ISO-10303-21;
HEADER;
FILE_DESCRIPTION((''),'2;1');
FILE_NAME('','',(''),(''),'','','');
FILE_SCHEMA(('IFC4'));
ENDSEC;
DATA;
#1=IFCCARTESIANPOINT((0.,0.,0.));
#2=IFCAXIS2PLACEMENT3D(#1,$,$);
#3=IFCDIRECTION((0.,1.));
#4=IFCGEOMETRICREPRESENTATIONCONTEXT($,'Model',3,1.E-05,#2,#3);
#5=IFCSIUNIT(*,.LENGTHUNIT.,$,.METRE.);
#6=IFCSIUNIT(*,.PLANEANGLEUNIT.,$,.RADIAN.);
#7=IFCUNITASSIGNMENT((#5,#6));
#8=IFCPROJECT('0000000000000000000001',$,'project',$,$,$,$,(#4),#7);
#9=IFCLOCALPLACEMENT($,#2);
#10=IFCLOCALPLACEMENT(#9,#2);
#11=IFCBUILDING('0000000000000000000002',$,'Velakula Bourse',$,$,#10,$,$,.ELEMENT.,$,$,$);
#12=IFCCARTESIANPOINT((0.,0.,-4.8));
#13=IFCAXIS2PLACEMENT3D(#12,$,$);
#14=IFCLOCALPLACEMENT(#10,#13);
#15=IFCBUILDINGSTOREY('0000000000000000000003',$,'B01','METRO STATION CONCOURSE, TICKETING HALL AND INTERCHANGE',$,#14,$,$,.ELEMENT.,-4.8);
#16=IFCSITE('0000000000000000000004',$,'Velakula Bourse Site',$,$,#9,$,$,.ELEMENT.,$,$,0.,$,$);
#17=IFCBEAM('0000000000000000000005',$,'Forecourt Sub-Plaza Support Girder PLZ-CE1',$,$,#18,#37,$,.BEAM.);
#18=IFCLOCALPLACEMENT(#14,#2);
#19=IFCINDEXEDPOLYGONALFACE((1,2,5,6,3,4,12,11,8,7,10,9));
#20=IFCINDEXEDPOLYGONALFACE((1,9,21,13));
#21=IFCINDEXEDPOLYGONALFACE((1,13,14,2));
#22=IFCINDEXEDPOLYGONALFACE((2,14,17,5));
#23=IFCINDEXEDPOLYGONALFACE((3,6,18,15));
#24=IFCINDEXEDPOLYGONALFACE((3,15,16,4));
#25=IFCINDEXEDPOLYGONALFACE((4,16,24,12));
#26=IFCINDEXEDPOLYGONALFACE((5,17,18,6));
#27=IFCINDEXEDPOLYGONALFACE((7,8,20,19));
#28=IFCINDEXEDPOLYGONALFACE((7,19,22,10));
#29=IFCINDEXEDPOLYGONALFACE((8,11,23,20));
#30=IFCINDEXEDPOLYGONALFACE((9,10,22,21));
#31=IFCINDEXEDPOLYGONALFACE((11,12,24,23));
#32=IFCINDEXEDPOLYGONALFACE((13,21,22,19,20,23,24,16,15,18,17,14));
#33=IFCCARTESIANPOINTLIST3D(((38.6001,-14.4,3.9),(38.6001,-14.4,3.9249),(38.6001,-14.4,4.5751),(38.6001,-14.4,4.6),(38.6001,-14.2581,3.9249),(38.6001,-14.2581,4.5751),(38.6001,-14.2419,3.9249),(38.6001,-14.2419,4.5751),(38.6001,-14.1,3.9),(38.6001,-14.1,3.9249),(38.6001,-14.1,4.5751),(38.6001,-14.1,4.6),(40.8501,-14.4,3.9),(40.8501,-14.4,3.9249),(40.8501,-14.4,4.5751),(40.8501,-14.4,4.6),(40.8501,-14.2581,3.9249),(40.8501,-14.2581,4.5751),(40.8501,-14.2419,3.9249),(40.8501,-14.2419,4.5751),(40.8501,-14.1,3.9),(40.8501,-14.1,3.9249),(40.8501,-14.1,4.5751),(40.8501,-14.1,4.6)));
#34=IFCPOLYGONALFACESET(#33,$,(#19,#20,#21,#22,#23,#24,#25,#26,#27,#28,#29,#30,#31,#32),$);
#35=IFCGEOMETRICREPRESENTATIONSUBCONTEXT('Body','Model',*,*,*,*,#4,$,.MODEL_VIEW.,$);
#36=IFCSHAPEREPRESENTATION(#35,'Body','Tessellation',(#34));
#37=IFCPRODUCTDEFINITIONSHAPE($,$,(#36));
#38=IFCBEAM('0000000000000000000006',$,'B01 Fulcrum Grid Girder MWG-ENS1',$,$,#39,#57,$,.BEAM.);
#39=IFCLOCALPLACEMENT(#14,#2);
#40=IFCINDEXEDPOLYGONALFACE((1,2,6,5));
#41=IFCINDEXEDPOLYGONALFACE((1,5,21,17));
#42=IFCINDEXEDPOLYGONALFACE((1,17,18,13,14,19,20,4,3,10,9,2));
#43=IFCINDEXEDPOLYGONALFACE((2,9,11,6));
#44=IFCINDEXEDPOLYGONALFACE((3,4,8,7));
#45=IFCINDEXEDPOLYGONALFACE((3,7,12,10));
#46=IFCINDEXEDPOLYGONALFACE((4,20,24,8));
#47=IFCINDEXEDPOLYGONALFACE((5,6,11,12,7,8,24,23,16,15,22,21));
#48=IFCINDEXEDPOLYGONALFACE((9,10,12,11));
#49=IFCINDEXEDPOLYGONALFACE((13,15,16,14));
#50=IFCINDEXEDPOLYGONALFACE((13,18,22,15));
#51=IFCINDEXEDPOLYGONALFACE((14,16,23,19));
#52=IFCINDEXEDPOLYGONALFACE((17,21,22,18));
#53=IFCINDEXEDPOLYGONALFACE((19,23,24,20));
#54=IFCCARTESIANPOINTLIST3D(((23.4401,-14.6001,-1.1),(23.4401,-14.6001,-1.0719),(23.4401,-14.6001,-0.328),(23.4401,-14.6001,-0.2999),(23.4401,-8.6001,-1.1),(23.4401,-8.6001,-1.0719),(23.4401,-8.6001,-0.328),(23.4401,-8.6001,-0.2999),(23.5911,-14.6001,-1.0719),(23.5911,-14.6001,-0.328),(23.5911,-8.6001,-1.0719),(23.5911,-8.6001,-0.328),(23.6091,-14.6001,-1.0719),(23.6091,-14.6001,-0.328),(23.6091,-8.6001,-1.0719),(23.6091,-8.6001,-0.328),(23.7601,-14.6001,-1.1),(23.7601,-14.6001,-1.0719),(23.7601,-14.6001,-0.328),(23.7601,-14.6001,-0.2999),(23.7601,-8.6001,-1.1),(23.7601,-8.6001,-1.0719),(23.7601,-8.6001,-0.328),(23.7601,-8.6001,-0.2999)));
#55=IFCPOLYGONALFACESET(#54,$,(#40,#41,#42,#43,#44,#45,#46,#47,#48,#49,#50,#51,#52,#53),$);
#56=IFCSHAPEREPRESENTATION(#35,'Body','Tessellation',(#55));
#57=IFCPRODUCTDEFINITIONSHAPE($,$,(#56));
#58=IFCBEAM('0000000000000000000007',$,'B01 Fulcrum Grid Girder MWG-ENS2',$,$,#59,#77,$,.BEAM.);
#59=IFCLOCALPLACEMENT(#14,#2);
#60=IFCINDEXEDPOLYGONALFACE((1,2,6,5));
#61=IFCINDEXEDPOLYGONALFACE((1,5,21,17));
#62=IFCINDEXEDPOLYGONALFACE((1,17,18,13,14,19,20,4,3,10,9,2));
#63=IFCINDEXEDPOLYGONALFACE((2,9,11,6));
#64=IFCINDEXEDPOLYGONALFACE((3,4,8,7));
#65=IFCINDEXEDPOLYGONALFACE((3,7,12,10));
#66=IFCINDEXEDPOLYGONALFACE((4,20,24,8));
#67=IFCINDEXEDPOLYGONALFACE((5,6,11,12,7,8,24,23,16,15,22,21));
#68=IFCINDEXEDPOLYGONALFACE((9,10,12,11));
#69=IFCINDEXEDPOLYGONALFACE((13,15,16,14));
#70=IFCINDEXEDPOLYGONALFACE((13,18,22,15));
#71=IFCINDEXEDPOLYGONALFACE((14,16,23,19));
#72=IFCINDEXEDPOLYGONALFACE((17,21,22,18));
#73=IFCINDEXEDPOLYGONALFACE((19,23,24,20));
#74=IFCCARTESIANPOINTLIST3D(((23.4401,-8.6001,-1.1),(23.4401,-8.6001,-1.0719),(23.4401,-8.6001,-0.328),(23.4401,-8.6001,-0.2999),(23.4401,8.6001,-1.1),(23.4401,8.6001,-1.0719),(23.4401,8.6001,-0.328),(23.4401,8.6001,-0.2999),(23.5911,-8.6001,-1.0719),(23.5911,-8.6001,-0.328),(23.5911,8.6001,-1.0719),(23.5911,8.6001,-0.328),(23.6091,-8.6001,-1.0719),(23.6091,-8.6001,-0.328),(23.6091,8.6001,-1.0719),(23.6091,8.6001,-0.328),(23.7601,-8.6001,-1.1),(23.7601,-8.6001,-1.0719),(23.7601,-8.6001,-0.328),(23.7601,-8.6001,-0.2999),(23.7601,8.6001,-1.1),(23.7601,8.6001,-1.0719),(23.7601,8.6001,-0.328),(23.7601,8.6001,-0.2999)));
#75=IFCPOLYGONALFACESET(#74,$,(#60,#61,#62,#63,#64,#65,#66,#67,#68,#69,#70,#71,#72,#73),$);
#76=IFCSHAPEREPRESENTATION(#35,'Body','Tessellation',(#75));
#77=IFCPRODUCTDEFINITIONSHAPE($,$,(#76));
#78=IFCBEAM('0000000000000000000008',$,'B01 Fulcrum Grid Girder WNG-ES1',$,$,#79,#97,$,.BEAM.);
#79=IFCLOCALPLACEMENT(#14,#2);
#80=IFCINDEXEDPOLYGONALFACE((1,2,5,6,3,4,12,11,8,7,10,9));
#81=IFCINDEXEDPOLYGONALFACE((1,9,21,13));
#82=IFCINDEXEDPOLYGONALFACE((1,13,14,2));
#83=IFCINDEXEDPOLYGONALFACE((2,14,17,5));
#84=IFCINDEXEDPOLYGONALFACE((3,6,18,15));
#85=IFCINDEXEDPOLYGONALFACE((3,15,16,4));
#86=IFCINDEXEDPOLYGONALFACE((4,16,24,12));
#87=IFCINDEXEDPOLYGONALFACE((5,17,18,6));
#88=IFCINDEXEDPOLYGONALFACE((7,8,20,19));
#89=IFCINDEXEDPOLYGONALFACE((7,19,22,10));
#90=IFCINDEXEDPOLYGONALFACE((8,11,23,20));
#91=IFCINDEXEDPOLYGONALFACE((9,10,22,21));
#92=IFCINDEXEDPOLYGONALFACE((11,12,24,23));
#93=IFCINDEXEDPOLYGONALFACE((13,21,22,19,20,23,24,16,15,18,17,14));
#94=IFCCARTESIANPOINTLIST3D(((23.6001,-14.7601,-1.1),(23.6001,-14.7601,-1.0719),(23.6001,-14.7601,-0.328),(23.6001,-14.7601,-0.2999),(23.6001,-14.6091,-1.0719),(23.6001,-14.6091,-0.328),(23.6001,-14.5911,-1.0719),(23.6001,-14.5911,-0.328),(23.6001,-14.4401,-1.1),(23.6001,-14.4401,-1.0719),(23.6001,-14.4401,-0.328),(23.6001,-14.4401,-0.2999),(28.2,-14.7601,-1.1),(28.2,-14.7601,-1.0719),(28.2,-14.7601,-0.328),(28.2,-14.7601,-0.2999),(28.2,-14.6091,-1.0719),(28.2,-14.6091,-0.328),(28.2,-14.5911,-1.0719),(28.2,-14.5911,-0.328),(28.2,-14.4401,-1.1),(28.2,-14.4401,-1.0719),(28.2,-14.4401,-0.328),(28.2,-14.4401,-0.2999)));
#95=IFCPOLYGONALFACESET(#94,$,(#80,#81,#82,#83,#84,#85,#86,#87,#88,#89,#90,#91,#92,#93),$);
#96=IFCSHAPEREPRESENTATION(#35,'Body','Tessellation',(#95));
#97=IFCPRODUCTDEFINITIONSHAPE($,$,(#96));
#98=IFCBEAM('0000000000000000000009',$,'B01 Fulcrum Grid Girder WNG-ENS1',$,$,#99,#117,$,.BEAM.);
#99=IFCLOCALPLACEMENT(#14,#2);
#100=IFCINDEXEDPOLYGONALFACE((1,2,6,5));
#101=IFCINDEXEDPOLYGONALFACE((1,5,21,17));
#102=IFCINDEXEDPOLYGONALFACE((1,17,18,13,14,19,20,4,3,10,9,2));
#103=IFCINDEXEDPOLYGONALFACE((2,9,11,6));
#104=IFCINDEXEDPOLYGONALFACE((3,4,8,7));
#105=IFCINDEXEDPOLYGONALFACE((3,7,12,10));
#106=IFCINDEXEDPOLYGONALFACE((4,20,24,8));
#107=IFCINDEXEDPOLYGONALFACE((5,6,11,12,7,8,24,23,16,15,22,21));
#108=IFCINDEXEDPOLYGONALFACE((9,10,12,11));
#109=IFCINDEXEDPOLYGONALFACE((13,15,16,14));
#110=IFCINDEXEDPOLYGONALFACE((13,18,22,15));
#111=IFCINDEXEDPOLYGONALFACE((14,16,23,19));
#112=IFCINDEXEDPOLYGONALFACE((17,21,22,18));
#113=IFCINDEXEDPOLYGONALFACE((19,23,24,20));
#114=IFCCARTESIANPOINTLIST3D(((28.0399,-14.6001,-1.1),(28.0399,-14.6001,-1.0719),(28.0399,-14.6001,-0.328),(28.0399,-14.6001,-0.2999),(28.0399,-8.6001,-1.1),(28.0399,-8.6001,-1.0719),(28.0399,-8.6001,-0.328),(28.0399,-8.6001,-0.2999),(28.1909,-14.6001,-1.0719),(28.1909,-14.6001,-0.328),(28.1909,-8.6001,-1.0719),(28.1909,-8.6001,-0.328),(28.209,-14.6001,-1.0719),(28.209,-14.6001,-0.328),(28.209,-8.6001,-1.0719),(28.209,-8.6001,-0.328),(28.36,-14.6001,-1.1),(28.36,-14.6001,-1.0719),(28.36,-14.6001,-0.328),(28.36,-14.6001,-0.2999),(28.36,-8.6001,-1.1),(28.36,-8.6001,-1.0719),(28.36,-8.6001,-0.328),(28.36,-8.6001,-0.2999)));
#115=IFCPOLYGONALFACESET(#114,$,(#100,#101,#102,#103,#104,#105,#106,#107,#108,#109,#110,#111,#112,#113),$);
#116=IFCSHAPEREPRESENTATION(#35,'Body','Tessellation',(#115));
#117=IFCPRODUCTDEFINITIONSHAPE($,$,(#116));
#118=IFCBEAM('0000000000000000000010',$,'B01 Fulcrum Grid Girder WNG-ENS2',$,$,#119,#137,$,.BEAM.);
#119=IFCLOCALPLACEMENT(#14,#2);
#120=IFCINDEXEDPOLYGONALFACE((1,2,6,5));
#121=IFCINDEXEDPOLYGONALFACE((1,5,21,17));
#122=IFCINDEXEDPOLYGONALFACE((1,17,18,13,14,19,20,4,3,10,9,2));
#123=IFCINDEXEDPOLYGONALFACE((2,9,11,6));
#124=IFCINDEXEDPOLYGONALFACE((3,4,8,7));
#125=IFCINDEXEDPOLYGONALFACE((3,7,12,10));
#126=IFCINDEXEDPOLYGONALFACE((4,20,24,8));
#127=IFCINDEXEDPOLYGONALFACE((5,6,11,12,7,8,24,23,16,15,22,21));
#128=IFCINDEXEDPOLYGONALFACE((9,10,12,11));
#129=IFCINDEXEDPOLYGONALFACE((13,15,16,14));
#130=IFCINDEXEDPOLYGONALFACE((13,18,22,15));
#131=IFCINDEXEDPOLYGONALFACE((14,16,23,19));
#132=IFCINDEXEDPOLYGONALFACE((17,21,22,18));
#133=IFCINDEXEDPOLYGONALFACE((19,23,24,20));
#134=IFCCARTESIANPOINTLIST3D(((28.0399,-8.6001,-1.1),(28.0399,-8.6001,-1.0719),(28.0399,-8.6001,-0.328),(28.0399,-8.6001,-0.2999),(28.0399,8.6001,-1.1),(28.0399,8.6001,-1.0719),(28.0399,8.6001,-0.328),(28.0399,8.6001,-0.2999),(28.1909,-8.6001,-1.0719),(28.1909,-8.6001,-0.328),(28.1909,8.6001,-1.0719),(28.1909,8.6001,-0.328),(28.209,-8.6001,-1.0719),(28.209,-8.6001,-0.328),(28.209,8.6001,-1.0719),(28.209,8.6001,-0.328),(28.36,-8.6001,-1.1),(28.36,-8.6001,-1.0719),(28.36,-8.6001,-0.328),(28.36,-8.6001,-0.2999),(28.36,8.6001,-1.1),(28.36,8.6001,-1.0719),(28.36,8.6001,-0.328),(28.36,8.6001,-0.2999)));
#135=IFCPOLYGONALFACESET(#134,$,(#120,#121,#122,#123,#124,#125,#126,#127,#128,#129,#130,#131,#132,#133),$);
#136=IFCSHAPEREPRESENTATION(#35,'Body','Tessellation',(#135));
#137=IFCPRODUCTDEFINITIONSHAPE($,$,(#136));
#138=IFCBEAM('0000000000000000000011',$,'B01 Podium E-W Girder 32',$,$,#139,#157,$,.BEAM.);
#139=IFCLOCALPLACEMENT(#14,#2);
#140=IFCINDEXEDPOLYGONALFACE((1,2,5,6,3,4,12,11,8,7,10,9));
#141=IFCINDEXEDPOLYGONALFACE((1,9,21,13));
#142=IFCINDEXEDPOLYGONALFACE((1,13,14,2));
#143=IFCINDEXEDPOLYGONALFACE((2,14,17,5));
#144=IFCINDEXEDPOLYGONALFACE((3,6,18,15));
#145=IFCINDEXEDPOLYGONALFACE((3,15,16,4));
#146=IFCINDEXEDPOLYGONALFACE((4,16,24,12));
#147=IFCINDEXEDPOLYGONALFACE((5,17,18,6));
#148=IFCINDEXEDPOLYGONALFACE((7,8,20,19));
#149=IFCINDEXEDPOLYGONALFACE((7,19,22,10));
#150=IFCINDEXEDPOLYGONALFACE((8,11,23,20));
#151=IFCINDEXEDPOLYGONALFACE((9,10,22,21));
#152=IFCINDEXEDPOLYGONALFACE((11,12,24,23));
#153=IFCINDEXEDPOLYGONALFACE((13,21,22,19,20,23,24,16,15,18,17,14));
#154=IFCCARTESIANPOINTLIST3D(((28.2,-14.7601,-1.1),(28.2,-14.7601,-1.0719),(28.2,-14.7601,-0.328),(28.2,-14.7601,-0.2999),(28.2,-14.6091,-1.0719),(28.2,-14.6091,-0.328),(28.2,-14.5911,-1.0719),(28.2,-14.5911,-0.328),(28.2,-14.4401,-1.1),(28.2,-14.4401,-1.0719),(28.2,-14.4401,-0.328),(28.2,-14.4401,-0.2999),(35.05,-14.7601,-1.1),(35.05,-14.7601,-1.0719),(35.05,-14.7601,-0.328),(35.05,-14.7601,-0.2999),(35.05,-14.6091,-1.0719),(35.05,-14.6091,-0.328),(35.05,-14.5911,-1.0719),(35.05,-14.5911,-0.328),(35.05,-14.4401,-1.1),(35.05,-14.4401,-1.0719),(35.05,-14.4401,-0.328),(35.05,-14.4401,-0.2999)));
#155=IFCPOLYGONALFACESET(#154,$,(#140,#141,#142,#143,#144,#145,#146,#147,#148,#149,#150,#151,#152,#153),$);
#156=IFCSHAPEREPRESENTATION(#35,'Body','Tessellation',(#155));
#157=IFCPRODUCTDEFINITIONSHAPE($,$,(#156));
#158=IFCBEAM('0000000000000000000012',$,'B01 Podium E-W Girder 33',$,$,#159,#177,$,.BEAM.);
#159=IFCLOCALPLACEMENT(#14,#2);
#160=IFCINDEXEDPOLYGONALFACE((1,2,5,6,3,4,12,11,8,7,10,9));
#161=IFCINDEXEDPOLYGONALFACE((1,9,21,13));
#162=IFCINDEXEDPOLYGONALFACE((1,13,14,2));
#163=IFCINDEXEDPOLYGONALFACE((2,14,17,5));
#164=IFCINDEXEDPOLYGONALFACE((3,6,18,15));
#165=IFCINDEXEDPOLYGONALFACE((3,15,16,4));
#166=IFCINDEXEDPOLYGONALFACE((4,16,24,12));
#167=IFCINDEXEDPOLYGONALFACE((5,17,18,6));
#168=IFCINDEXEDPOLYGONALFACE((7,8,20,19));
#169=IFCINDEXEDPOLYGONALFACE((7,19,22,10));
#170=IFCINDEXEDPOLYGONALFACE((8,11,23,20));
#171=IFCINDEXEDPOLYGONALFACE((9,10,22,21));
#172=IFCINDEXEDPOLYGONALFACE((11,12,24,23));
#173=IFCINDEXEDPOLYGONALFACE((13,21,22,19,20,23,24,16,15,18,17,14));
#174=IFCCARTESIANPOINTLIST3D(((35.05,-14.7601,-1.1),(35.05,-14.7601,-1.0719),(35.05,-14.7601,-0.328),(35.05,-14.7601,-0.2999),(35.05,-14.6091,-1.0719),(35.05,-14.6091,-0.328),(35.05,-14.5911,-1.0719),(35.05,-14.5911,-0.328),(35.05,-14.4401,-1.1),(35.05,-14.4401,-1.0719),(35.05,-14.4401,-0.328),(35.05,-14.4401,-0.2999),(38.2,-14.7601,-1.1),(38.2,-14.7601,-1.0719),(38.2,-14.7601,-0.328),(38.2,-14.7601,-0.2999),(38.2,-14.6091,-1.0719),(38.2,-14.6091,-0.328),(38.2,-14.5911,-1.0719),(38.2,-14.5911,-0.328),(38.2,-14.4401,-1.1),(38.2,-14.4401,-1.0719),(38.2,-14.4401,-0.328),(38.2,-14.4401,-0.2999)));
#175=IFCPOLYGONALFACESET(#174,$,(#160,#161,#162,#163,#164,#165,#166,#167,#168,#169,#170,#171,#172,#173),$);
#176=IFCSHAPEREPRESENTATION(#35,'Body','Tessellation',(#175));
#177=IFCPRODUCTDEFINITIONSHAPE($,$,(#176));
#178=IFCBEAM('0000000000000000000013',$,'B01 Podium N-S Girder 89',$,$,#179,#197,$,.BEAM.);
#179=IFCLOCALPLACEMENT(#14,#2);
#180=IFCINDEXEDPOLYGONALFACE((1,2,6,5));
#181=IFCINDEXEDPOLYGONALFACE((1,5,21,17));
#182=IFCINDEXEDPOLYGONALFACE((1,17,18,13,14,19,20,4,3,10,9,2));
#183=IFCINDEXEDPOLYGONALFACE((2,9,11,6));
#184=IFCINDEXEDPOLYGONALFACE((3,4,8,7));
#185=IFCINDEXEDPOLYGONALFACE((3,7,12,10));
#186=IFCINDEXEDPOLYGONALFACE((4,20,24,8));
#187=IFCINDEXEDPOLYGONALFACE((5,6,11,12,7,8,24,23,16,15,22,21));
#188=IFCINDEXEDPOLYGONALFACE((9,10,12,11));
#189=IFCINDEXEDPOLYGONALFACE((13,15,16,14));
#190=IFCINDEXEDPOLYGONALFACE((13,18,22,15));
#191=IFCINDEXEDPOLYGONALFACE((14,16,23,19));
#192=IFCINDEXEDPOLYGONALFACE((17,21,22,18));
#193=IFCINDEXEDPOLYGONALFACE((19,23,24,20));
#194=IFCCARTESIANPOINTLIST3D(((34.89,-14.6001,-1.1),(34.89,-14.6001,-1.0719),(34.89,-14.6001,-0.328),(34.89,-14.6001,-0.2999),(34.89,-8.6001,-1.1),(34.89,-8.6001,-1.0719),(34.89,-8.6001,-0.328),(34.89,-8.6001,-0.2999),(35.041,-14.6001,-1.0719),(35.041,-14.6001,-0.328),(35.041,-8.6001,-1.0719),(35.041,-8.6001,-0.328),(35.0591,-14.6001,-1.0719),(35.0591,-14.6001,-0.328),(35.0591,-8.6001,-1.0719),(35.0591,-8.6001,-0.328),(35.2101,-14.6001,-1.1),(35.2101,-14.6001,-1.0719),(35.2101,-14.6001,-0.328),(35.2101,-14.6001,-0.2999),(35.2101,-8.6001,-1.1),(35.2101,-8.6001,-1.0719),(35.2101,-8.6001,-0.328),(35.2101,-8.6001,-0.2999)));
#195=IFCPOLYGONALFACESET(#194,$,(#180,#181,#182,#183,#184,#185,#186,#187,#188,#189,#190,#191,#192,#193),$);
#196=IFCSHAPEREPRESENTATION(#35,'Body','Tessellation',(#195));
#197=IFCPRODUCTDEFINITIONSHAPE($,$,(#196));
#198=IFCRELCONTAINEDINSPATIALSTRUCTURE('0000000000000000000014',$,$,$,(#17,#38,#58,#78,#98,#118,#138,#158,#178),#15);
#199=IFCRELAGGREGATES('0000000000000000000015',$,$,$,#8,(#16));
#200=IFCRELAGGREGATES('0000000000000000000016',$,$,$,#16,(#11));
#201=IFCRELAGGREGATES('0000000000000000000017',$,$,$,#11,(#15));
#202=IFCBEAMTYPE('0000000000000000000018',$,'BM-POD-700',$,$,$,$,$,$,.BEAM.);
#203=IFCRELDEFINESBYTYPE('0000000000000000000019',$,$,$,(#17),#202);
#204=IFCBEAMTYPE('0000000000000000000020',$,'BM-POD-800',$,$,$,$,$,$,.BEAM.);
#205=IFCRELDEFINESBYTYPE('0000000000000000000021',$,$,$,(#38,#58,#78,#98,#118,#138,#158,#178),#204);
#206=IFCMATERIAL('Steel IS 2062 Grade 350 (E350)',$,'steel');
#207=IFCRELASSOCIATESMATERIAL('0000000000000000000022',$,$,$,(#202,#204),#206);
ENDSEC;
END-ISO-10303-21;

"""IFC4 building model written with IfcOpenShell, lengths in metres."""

from ifc_helpers import new_model, si_unit, direction, frame, origin, origin_2d, place, context, subcontext, project, spatial, i_section, extrude, material, material_profile, profile_set, type_object, element, save


model = new_model("IFC4")

# Units and contexts
model_context = context("Model", 3, precision=1e-05, world=origin(), true_north=direction((0.0, 1.0)))
body_context = subcontext(model_context, "Body", "Model", "MODEL_VIEW")
ifc_project = project(units=[si_unit("LENGTHUNIT", "METRE"), si_unit("PLANEANGLEUNIT", "RADIAN")], contexts=[model_context])

# Site, building, storey
site_placement = place(None, origin())
site = spatial("IfcSite", under=ifc_project, at=site_placement, Name="Velakula Bourse Site", CompositionType="ELEMENT", RefElevation=0.0)
building_placement = place(site_placement, origin())
building = spatial("IfcBuilding", under=site, at=building_placement, Name="Velakula Bourse", CompositionType="ELEMENT")
storey_placement = place(building_placement, frame((0.0, 0.0, -4.8)))
storey = spatial("IfcBuildingStorey", under=building, at=storey_placement, Name="B01", Description="METRO STATION CONCOURSE, TICKETING HALL AND INTERCHANGE", CompositionType="ELEMENT", Elevation=-4.8)

# Beams
ifc_material_1 = material(Name="Steel IS 2062 Grade 350 (E350)", Category="steel")
ifc_material_profile_1 = material_profile(ifc_material_1, i_section(OverallWidth=0.3, OverallDepth=0.7, WebThickness=0.0161, FlangeThickness=0.0249, at=origin_2d()), Name="Steel IS 2062 Grade 350 (E350)")
ifc_profile_set_1 = profile_set([ifc_material_profile_1], Name="Steel IS 2062 Grade 350 (E350)")
beam_type_1 = type_object("IfcBeamType", Name="BM-POD-700", PredefinedType="BEAM", material=ifc_profile_set_1)
beam_1_placement = place(storey_placement, frame((38.6001, -14.25, 4.25), z_axis=(1.0, 0.0, 0.0), x_axis=(0.0, 1.0, 0.0)))
element("IfcBeam", 1, at=beam_1_placement, inside=storey, type_object=beam_type_1, Name="Forecourt Sub-Plaza Support Girder PLZ-CE1", PredefinedType="BEAM", context=body_context, shape_type="SweptSolid", body=[
    extrude(i_section(OverallWidth=0.3, OverallDepth=0.7, WebThickness=0.0161, FlangeThickness=0.0249, at=origin_2d()), origin(), (0.0, 0.0, 1.0), 2.25),
])
ifc_material_profile_2 = material_profile(ifc_material_1, i_section(OverallWidth=0.3201, OverallDepth=0.8, WebThickness=0.0181, FlangeThickness=0.0281, at=origin_2d()), Name="Steel IS 2062 Grade 350 (E350)")
ifc_profile_set_2 = profile_set([ifc_material_profile_2], Name="Steel IS 2062 Grade 350 (E350)")
beam_type_2 = type_object("IfcBeamType", Name="BM-POD-800", PredefinedType="BEAM", material=ifc_profile_set_2)
beam_2_placement = place(storey_placement, frame((23.6001, -14.6001, -0.7), z_axis=(0.0, 1.0, 0.0), x_axis=(-1.0, 0.0, 0.0)))
element("IfcBeam", 2, at=beam_2_placement, inside=storey, type_object=beam_type_2, Name="B01 Fulcrum Grid Girder MWG-ENS1", PredefinedType="BEAM", context=body_context, shape_type="SweptSolid", body=[
    extrude(i_section(OverallWidth=0.3201, OverallDepth=0.8, WebThickness=0.0181, FlangeThickness=0.0281, at=origin_2d()), origin(), (0.0, 0.0, 1.0), 6.0),
])
beam_3_placement = place(storey_placement, frame((23.6001, -8.6001, -0.7), z_axis=(0.0, 1.0, 0.0), x_axis=(-1.0, 0.0, 0.0)))
element("IfcBeam", 3, at=beam_3_placement, inside=storey, type_object=beam_type_2, Name="B01 Fulcrum Grid Girder MWG-ENS2", PredefinedType="BEAM", context=body_context, shape_type="SweptSolid", body=[
    extrude(i_section(OverallWidth=0.3201, OverallDepth=0.8, WebThickness=0.0181, FlangeThickness=0.0281, at=origin_2d()), origin(), (0.0, 0.0, 1.0), 17.2002),
])
beam_4_placement = place(storey_placement, frame((23.6001, -14.6001, -0.7), z_axis=(1.0, 0.0, 0.0), x_axis=(0.0, 1.0, 0.0)))
element("IfcBeam", 4, at=beam_4_placement, inside=storey, type_object=beam_type_2, Name="B01 Fulcrum Grid Girder WNG-ES1", PredefinedType="BEAM", context=body_context, shape_type="SweptSolid", body=[
    extrude(i_section(OverallWidth=0.3201, OverallDepth=0.8, WebThickness=0.0181, FlangeThickness=0.0281, at=origin_2d()), origin(), (0.0, 0.0, 1.0), 4.5999),
])
beam_5_placement = place(storey_placement, frame((28.2, -14.6001, -0.7), z_axis=(0.0, 1.0, 0.0), x_axis=(-1.0, 0.0, 0.0)))
element("IfcBeam", 5, at=beam_5_placement, inside=storey, type_object=beam_type_2, Name="B01 Fulcrum Grid Girder WNG-ENS1", PredefinedType="BEAM", context=body_context, shape_type="SweptSolid", body=[
    extrude(i_section(OverallWidth=0.3201, OverallDepth=0.8, WebThickness=0.0181, FlangeThickness=0.0281, at=origin_2d()), origin(), (0.0, 0.0, 1.0), 6.0),
])
beam_6_placement = place(storey_placement, frame((28.2, -8.6001, -0.7), z_axis=(0.0, 1.0, 0.0), x_axis=(-1.0, 0.0, 0.0)))
element("IfcBeam", 6, at=beam_6_placement, inside=storey, type_object=beam_type_2, Name="B01 Fulcrum Grid Girder WNG-ENS2", PredefinedType="BEAM", context=body_context, shape_type="SweptSolid", body=[
    extrude(i_section(OverallWidth=0.3201, OverallDepth=0.8, WebThickness=0.0181, FlangeThickness=0.0281, at=origin_2d()), origin(), (0.0, 0.0, 1.0), 17.2002),
])
beam_7_placement = place(storey_placement, frame((28.2, -14.6001, -0.7), z_axis=(1.0, 0.0, 0.0), x_axis=(0.0, 1.0, 0.0)))
element("IfcBeam", 7, at=beam_7_placement, inside=storey, type_object=beam_type_2, Name="B01 Podium E-W Girder 32", PredefinedType="BEAM", context=body_context, shape_type="SweptSolid", body=[
    extrude(i_section(OverallWidth=0.3201, OverallDepth=0.8, WebThickness=0.0181, FlangeThickness=0.0281, at=origin_2d()), origin(), (0.0, 0.0, 1.0), 6.8501),
])
beam_8_placement = place(storey_placement, frame((35.05, -14.6001, -0.7), z_axis=(1.0, 0.0, 0.0), x_axis=(0.0, 1.0, 0.0)))
element("IfcBeam", 8, at=beam_8_placement, inside=storey, type_object=beam_type_2, Name="B01 Podium E-W Girder 33", PredefinedType="BEAM", context=body_context, shape_type="SweptSolid", body=[
    extrude(i_section(OverallWidth=0.3201, OverallDepth=0.8, WebThickness=0.0181, FlangeThickness=0.0281, at=origin_2d()), origin(), (0.0, 0.0, 1.0), 3.1499),
])
beam_9_placement = place(storey_placement, frame((35.05, -14.6001, -0.7), z_axis=(0.0, 1.0, 0.0), x_axis=(-1.0, 0.0, 0.0)))
element("IfcBeam", 9, at=beam_9_placement, inside=storey, type_object=beam_type_2, Name="B01 Podium N-S Girder 89", PredefinedType="BEAM", context=body_context, shape_type="SweptSolid", body=[
    extrude(i_section(OverallWidth=0.3201, OverallDepth=0.8, WebThickness=0.0181, FlangeThickness=0.0281, at=origin_2d()), origin(), (0.0, 0.0, 1.0), 6.0),
])

save(model, "model.ifc")
